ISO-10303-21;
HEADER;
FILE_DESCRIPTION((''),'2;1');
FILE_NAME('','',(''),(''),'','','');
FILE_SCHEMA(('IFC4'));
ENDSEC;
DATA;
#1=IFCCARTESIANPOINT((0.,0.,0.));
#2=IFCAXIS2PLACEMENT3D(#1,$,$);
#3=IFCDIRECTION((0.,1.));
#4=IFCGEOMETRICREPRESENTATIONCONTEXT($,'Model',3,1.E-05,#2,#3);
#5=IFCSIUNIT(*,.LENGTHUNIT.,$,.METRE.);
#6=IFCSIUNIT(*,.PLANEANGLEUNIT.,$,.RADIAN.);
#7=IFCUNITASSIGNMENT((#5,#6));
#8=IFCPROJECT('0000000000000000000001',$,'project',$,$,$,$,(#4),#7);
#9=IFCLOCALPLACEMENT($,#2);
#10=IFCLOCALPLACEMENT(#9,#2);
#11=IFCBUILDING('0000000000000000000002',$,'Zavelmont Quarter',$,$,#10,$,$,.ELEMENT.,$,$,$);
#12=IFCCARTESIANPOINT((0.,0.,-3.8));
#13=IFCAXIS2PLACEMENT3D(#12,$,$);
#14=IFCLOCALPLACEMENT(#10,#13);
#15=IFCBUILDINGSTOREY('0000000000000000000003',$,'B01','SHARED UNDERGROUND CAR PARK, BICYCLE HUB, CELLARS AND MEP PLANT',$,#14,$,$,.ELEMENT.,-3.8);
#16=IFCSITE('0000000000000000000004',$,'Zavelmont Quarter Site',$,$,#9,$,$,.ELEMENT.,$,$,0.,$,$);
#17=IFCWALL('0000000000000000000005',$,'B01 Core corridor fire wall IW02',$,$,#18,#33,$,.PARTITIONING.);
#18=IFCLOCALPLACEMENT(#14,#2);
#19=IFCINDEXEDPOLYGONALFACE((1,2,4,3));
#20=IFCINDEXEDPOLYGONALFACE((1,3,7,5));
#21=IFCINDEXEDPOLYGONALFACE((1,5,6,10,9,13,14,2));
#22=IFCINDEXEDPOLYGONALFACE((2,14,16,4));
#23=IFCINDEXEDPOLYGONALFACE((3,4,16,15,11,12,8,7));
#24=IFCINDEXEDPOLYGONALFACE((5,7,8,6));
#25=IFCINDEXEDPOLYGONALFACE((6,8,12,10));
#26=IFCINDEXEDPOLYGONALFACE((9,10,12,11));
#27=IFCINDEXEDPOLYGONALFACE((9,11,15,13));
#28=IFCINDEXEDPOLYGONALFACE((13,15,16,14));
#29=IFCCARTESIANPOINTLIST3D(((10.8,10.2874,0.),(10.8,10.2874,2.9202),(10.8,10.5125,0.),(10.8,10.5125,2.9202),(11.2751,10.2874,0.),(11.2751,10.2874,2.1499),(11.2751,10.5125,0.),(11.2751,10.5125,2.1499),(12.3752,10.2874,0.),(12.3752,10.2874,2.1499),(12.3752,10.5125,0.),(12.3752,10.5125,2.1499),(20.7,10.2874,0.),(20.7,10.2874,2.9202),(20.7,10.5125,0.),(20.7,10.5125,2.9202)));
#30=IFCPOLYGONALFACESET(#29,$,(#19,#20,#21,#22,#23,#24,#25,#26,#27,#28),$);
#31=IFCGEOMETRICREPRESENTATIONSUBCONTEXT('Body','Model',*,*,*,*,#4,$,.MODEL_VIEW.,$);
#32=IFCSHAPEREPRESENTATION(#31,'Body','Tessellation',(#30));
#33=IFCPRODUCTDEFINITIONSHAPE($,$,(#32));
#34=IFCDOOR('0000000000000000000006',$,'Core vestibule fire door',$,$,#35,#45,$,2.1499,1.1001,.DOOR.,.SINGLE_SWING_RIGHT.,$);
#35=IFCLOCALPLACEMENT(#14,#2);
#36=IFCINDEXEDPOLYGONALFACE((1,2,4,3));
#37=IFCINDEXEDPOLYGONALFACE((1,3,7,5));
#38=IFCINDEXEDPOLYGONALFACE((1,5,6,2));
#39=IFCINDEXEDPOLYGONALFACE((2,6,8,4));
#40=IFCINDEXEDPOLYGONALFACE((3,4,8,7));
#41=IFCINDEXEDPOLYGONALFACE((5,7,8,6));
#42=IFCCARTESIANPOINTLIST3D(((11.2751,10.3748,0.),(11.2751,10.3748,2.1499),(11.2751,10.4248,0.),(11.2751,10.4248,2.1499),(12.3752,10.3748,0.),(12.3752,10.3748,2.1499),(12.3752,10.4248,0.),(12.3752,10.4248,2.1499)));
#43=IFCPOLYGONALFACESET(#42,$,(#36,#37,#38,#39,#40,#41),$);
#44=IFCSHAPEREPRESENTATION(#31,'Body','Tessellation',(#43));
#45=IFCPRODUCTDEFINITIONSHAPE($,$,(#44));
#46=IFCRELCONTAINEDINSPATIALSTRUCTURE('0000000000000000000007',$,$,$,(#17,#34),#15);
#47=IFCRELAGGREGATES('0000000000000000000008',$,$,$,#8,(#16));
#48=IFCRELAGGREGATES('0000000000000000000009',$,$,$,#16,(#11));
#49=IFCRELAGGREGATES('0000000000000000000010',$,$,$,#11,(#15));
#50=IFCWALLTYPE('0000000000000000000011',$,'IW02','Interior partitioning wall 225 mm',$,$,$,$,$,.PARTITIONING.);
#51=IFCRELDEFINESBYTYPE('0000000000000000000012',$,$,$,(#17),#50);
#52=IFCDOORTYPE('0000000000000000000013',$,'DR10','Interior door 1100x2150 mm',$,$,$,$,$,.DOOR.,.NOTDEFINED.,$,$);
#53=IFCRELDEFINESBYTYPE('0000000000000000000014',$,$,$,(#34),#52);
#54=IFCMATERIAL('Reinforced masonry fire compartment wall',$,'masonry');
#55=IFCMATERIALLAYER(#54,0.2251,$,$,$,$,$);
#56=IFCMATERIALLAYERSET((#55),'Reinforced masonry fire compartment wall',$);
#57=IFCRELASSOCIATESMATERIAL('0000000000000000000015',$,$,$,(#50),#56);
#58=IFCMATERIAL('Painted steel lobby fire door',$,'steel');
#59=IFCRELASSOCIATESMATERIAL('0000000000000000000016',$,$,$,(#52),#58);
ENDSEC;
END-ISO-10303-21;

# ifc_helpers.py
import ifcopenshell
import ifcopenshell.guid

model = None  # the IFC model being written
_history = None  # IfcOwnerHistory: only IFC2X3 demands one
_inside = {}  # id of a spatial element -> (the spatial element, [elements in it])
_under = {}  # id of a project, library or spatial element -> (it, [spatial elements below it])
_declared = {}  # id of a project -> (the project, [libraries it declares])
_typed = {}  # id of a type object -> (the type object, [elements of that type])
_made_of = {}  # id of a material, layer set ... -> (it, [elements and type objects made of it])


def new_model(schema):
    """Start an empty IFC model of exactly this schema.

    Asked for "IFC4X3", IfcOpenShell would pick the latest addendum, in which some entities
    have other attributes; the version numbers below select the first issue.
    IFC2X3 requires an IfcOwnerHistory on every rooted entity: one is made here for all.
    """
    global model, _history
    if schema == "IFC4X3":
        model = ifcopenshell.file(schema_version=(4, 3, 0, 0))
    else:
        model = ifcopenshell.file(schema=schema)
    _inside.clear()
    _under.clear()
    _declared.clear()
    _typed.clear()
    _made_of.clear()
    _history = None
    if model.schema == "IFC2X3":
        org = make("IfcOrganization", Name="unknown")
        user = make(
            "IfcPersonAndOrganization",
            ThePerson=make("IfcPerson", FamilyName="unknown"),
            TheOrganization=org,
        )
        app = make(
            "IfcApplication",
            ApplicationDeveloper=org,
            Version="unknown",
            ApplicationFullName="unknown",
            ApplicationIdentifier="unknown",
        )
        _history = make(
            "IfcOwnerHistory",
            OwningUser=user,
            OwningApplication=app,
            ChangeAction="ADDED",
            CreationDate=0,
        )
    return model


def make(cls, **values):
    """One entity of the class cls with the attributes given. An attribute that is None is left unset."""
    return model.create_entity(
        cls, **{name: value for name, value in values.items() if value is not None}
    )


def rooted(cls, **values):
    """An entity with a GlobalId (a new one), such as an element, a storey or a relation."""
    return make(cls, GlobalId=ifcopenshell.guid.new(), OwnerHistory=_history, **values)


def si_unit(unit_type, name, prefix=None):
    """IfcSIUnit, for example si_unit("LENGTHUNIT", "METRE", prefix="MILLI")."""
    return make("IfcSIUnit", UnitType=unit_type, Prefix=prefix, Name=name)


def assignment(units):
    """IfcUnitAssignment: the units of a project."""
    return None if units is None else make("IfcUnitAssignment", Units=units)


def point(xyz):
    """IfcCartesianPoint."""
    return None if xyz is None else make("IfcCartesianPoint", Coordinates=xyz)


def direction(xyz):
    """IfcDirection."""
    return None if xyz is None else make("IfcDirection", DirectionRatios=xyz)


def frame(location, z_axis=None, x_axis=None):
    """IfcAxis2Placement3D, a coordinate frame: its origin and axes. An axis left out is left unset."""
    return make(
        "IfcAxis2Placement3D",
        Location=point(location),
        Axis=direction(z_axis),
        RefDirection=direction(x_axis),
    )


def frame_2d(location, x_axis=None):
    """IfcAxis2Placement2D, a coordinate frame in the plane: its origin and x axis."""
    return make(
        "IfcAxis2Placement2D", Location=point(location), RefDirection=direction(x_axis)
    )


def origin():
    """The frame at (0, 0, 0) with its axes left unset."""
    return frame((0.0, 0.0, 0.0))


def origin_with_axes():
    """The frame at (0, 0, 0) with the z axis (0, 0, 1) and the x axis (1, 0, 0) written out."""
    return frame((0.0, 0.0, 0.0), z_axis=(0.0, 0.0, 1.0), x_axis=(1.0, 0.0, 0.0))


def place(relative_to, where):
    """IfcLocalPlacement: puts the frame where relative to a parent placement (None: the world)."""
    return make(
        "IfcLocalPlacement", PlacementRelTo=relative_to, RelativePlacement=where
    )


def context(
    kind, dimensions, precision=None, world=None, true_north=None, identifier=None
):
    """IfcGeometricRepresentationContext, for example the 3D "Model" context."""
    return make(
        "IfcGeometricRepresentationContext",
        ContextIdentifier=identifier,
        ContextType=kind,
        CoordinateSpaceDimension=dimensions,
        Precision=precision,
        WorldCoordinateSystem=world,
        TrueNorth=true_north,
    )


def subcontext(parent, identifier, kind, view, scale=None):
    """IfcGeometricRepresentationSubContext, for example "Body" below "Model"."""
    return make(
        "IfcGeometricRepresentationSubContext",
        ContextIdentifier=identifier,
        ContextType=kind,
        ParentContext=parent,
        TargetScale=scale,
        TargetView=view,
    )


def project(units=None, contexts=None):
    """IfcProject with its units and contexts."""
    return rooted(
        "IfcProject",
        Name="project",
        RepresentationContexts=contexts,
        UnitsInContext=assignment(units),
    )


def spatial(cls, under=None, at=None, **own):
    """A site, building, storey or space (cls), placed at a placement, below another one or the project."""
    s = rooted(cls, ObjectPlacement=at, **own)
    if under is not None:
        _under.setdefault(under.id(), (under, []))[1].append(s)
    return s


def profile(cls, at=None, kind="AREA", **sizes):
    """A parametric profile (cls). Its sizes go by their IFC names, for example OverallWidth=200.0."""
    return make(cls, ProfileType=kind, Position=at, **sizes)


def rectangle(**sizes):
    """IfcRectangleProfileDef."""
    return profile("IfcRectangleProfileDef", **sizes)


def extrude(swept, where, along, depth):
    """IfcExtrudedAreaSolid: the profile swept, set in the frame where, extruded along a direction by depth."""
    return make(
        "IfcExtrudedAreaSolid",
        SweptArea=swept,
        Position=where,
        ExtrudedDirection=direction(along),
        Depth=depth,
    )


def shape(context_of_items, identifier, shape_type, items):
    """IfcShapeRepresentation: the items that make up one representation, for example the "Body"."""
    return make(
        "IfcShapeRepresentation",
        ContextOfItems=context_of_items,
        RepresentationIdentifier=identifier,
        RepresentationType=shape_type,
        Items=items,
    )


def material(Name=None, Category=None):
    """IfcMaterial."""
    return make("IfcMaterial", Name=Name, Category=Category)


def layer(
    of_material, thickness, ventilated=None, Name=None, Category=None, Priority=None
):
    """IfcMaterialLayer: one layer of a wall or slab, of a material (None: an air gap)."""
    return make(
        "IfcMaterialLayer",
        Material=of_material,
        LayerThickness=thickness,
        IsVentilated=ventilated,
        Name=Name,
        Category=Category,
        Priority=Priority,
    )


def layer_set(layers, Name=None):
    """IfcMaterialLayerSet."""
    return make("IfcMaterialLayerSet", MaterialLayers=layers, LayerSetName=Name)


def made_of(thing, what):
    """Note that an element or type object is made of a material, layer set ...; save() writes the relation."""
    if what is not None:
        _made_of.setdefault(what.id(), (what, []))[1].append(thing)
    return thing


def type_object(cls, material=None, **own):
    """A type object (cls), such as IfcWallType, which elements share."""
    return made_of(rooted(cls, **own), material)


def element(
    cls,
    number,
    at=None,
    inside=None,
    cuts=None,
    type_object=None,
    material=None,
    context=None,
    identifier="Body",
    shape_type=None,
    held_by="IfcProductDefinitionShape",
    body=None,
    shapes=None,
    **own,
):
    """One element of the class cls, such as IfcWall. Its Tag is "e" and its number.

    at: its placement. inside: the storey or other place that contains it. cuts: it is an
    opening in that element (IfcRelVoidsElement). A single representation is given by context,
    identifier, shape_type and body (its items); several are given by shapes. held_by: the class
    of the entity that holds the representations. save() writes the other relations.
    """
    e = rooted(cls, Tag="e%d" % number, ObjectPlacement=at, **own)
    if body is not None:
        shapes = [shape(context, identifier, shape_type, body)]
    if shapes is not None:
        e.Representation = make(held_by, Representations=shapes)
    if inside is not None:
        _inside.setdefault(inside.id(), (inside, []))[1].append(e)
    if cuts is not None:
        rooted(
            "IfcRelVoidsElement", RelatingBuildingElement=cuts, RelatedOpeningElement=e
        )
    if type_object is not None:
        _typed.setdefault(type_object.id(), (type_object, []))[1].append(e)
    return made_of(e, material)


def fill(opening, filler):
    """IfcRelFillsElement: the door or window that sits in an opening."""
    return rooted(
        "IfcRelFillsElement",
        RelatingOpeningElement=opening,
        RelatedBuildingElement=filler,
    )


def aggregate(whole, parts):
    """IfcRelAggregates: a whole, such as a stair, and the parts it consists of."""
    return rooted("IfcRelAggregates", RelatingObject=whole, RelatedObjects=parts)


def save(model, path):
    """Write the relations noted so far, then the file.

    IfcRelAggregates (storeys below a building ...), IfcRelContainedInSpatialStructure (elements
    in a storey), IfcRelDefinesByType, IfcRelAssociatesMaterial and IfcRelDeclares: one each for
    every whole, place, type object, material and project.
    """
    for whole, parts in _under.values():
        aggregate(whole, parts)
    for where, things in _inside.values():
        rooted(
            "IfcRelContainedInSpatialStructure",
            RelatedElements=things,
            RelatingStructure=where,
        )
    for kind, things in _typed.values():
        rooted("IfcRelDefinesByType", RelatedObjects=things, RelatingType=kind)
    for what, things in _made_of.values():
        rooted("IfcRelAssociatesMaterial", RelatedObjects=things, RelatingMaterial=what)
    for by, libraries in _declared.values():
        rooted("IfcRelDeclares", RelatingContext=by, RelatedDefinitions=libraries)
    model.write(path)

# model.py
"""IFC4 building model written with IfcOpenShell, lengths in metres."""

from ifc_helpers import new_model, si_unit, direction, frame, frame_2d, origin, origin_with_axes, place, context, subcontext, project, spatial, rectangle, extrude, material, layer, layer_set, type_object, element, fill, save


model = new_model("IFC4")

# Units and contexts
model_context = context("Model", 3, precision=1e-05, world=origin(), true_north=direction((0.0, 1.0)))
body_context = subcontext(model_context, "Body", "Model", "MODEL_VIEW")
ifc_project = project(units=[si_unit("LENGTHUNIT", "METRE"), si_unit("PLANEANGLEUNIT", "RADIAN")], contexts=[model_context])

# Site, building, storey
site_placement = place(None, origin())
site = spatial("IfcSite", under=ifc_project, at=site_placement, Name="Zavelmont Quarter Site", CompositionType="ELEMENT", RefElevation=0.0)
building_placement = place(site_placement, origin())
building = spatial("IfcBuilding", under=site, at=building_placement, Name="Zavelmont Quarter", CompositionType="ELEMENT")
storey_placement = place(building_placement, frame((0.0, 0.0, -3.8)))
storey = spatial("IfcBuildingStorey", under=building, at=storey_placement, Name="B01", Description="SHARED UNDERGROUND CAR PARK, BICYCLE HUB, CELLARS AND MEP PLANT", CompositionType="ELEMENT", Elevation=-3.8)

# Shared definitions
ifc_material_1 = material(Name="Reinforced masonry fire compartment wall", Category="masonry")
ifc_layer_1 = layer(ifc_material_1, 0.2251)
ifc_layer_set_1 = layer_set([ifc_layer_1], Name="Reinforced masonry fire compartment wall")
wall_type_1 = type_object("IfcWallType", Name="IW02", Description="Interior partitioning wall 225 mm", PredefinedType="PARTITIONING", material=ifc_layer_set_1)

# Wall, opening, door
wall_1_placement = place(storey_placement, frame((10.8, 10.3999, 0.0), z_axis=(0.0, 0.0, 1.0), x_axis=(1.0, 0.0, 0.0)))
wall_1 = element("IfcWall", 1, at=wall_1_placement, inside=storey, type_object=wall_type_1, Name="B01 Core corridor fire wall IW02", PredefinedType="PARTITIONING", context=body_context, shape_type="SweptSolid", body=[
    extrude(rectangle(XDim=9.8999, YDim=0.2251, at=frame_2d((4.95, 0.0))), origin(), (0.0, 0.0, 1.0), 2.9202),
])
opening_1_placement = place(wall_1_placement, frame((0.4751, 0.0, 0.0)))
opening_1 = element("IfcOpeningElement", 2, at=opening_1_placement, cuts=wall_1, PredefinedType="OPENING", context=body_context, shape_type="SweptSolid", body=[
    extrude(rectangle(XDim=1.1001, YDim=2.1499, at=frame_2d((0.55, 1.075))), frame((0.0, 0.1245, 0.0), z_axis=(0.0, -1.0, 0.0), x_axis=(1.0, 0.0, 0.0)), (0.0, 0.0, 1.0), 0.249),
])
ifc_material_2 = material(Name="Painted steel lobby fire door", Category="steel")
door_type_1 = type_object("IfcDoorType", Name="DR10", Description="Interior door 1100x2150 mm", OperationType="NOTDEFINED", PredefinedType="DOOR", material=ifc_material_2)
door_1_placement = place(opening_1_placement, origin_with_axes())
door_1 = element("IfcDoor", 3, at=door_1_placement, inside=storey, type_object=door_type_1, Name="Core vestibule fire door", OperationType="SINGLE_SWING_RIGHT", OverallHeight=2.1499, OverallWidth=1.1001, PredefinedType="DOOR", context=body_context, shape_type="SweptSolid", body=[
    extrude(rectangle(XDim=1.1001, YDim=2.1499, at=frame_2d((0.55, 1.075))), frame((0.0, 0.0249, 0.0), z_axis=(0.0, -1.0, 0.0), x_axis=(1.0, 0.0, 0.0)), (0.0, 0.0, 1.0), 0.05),
])
fill(opening_1, door_1)

save(model, "model.ifc")
